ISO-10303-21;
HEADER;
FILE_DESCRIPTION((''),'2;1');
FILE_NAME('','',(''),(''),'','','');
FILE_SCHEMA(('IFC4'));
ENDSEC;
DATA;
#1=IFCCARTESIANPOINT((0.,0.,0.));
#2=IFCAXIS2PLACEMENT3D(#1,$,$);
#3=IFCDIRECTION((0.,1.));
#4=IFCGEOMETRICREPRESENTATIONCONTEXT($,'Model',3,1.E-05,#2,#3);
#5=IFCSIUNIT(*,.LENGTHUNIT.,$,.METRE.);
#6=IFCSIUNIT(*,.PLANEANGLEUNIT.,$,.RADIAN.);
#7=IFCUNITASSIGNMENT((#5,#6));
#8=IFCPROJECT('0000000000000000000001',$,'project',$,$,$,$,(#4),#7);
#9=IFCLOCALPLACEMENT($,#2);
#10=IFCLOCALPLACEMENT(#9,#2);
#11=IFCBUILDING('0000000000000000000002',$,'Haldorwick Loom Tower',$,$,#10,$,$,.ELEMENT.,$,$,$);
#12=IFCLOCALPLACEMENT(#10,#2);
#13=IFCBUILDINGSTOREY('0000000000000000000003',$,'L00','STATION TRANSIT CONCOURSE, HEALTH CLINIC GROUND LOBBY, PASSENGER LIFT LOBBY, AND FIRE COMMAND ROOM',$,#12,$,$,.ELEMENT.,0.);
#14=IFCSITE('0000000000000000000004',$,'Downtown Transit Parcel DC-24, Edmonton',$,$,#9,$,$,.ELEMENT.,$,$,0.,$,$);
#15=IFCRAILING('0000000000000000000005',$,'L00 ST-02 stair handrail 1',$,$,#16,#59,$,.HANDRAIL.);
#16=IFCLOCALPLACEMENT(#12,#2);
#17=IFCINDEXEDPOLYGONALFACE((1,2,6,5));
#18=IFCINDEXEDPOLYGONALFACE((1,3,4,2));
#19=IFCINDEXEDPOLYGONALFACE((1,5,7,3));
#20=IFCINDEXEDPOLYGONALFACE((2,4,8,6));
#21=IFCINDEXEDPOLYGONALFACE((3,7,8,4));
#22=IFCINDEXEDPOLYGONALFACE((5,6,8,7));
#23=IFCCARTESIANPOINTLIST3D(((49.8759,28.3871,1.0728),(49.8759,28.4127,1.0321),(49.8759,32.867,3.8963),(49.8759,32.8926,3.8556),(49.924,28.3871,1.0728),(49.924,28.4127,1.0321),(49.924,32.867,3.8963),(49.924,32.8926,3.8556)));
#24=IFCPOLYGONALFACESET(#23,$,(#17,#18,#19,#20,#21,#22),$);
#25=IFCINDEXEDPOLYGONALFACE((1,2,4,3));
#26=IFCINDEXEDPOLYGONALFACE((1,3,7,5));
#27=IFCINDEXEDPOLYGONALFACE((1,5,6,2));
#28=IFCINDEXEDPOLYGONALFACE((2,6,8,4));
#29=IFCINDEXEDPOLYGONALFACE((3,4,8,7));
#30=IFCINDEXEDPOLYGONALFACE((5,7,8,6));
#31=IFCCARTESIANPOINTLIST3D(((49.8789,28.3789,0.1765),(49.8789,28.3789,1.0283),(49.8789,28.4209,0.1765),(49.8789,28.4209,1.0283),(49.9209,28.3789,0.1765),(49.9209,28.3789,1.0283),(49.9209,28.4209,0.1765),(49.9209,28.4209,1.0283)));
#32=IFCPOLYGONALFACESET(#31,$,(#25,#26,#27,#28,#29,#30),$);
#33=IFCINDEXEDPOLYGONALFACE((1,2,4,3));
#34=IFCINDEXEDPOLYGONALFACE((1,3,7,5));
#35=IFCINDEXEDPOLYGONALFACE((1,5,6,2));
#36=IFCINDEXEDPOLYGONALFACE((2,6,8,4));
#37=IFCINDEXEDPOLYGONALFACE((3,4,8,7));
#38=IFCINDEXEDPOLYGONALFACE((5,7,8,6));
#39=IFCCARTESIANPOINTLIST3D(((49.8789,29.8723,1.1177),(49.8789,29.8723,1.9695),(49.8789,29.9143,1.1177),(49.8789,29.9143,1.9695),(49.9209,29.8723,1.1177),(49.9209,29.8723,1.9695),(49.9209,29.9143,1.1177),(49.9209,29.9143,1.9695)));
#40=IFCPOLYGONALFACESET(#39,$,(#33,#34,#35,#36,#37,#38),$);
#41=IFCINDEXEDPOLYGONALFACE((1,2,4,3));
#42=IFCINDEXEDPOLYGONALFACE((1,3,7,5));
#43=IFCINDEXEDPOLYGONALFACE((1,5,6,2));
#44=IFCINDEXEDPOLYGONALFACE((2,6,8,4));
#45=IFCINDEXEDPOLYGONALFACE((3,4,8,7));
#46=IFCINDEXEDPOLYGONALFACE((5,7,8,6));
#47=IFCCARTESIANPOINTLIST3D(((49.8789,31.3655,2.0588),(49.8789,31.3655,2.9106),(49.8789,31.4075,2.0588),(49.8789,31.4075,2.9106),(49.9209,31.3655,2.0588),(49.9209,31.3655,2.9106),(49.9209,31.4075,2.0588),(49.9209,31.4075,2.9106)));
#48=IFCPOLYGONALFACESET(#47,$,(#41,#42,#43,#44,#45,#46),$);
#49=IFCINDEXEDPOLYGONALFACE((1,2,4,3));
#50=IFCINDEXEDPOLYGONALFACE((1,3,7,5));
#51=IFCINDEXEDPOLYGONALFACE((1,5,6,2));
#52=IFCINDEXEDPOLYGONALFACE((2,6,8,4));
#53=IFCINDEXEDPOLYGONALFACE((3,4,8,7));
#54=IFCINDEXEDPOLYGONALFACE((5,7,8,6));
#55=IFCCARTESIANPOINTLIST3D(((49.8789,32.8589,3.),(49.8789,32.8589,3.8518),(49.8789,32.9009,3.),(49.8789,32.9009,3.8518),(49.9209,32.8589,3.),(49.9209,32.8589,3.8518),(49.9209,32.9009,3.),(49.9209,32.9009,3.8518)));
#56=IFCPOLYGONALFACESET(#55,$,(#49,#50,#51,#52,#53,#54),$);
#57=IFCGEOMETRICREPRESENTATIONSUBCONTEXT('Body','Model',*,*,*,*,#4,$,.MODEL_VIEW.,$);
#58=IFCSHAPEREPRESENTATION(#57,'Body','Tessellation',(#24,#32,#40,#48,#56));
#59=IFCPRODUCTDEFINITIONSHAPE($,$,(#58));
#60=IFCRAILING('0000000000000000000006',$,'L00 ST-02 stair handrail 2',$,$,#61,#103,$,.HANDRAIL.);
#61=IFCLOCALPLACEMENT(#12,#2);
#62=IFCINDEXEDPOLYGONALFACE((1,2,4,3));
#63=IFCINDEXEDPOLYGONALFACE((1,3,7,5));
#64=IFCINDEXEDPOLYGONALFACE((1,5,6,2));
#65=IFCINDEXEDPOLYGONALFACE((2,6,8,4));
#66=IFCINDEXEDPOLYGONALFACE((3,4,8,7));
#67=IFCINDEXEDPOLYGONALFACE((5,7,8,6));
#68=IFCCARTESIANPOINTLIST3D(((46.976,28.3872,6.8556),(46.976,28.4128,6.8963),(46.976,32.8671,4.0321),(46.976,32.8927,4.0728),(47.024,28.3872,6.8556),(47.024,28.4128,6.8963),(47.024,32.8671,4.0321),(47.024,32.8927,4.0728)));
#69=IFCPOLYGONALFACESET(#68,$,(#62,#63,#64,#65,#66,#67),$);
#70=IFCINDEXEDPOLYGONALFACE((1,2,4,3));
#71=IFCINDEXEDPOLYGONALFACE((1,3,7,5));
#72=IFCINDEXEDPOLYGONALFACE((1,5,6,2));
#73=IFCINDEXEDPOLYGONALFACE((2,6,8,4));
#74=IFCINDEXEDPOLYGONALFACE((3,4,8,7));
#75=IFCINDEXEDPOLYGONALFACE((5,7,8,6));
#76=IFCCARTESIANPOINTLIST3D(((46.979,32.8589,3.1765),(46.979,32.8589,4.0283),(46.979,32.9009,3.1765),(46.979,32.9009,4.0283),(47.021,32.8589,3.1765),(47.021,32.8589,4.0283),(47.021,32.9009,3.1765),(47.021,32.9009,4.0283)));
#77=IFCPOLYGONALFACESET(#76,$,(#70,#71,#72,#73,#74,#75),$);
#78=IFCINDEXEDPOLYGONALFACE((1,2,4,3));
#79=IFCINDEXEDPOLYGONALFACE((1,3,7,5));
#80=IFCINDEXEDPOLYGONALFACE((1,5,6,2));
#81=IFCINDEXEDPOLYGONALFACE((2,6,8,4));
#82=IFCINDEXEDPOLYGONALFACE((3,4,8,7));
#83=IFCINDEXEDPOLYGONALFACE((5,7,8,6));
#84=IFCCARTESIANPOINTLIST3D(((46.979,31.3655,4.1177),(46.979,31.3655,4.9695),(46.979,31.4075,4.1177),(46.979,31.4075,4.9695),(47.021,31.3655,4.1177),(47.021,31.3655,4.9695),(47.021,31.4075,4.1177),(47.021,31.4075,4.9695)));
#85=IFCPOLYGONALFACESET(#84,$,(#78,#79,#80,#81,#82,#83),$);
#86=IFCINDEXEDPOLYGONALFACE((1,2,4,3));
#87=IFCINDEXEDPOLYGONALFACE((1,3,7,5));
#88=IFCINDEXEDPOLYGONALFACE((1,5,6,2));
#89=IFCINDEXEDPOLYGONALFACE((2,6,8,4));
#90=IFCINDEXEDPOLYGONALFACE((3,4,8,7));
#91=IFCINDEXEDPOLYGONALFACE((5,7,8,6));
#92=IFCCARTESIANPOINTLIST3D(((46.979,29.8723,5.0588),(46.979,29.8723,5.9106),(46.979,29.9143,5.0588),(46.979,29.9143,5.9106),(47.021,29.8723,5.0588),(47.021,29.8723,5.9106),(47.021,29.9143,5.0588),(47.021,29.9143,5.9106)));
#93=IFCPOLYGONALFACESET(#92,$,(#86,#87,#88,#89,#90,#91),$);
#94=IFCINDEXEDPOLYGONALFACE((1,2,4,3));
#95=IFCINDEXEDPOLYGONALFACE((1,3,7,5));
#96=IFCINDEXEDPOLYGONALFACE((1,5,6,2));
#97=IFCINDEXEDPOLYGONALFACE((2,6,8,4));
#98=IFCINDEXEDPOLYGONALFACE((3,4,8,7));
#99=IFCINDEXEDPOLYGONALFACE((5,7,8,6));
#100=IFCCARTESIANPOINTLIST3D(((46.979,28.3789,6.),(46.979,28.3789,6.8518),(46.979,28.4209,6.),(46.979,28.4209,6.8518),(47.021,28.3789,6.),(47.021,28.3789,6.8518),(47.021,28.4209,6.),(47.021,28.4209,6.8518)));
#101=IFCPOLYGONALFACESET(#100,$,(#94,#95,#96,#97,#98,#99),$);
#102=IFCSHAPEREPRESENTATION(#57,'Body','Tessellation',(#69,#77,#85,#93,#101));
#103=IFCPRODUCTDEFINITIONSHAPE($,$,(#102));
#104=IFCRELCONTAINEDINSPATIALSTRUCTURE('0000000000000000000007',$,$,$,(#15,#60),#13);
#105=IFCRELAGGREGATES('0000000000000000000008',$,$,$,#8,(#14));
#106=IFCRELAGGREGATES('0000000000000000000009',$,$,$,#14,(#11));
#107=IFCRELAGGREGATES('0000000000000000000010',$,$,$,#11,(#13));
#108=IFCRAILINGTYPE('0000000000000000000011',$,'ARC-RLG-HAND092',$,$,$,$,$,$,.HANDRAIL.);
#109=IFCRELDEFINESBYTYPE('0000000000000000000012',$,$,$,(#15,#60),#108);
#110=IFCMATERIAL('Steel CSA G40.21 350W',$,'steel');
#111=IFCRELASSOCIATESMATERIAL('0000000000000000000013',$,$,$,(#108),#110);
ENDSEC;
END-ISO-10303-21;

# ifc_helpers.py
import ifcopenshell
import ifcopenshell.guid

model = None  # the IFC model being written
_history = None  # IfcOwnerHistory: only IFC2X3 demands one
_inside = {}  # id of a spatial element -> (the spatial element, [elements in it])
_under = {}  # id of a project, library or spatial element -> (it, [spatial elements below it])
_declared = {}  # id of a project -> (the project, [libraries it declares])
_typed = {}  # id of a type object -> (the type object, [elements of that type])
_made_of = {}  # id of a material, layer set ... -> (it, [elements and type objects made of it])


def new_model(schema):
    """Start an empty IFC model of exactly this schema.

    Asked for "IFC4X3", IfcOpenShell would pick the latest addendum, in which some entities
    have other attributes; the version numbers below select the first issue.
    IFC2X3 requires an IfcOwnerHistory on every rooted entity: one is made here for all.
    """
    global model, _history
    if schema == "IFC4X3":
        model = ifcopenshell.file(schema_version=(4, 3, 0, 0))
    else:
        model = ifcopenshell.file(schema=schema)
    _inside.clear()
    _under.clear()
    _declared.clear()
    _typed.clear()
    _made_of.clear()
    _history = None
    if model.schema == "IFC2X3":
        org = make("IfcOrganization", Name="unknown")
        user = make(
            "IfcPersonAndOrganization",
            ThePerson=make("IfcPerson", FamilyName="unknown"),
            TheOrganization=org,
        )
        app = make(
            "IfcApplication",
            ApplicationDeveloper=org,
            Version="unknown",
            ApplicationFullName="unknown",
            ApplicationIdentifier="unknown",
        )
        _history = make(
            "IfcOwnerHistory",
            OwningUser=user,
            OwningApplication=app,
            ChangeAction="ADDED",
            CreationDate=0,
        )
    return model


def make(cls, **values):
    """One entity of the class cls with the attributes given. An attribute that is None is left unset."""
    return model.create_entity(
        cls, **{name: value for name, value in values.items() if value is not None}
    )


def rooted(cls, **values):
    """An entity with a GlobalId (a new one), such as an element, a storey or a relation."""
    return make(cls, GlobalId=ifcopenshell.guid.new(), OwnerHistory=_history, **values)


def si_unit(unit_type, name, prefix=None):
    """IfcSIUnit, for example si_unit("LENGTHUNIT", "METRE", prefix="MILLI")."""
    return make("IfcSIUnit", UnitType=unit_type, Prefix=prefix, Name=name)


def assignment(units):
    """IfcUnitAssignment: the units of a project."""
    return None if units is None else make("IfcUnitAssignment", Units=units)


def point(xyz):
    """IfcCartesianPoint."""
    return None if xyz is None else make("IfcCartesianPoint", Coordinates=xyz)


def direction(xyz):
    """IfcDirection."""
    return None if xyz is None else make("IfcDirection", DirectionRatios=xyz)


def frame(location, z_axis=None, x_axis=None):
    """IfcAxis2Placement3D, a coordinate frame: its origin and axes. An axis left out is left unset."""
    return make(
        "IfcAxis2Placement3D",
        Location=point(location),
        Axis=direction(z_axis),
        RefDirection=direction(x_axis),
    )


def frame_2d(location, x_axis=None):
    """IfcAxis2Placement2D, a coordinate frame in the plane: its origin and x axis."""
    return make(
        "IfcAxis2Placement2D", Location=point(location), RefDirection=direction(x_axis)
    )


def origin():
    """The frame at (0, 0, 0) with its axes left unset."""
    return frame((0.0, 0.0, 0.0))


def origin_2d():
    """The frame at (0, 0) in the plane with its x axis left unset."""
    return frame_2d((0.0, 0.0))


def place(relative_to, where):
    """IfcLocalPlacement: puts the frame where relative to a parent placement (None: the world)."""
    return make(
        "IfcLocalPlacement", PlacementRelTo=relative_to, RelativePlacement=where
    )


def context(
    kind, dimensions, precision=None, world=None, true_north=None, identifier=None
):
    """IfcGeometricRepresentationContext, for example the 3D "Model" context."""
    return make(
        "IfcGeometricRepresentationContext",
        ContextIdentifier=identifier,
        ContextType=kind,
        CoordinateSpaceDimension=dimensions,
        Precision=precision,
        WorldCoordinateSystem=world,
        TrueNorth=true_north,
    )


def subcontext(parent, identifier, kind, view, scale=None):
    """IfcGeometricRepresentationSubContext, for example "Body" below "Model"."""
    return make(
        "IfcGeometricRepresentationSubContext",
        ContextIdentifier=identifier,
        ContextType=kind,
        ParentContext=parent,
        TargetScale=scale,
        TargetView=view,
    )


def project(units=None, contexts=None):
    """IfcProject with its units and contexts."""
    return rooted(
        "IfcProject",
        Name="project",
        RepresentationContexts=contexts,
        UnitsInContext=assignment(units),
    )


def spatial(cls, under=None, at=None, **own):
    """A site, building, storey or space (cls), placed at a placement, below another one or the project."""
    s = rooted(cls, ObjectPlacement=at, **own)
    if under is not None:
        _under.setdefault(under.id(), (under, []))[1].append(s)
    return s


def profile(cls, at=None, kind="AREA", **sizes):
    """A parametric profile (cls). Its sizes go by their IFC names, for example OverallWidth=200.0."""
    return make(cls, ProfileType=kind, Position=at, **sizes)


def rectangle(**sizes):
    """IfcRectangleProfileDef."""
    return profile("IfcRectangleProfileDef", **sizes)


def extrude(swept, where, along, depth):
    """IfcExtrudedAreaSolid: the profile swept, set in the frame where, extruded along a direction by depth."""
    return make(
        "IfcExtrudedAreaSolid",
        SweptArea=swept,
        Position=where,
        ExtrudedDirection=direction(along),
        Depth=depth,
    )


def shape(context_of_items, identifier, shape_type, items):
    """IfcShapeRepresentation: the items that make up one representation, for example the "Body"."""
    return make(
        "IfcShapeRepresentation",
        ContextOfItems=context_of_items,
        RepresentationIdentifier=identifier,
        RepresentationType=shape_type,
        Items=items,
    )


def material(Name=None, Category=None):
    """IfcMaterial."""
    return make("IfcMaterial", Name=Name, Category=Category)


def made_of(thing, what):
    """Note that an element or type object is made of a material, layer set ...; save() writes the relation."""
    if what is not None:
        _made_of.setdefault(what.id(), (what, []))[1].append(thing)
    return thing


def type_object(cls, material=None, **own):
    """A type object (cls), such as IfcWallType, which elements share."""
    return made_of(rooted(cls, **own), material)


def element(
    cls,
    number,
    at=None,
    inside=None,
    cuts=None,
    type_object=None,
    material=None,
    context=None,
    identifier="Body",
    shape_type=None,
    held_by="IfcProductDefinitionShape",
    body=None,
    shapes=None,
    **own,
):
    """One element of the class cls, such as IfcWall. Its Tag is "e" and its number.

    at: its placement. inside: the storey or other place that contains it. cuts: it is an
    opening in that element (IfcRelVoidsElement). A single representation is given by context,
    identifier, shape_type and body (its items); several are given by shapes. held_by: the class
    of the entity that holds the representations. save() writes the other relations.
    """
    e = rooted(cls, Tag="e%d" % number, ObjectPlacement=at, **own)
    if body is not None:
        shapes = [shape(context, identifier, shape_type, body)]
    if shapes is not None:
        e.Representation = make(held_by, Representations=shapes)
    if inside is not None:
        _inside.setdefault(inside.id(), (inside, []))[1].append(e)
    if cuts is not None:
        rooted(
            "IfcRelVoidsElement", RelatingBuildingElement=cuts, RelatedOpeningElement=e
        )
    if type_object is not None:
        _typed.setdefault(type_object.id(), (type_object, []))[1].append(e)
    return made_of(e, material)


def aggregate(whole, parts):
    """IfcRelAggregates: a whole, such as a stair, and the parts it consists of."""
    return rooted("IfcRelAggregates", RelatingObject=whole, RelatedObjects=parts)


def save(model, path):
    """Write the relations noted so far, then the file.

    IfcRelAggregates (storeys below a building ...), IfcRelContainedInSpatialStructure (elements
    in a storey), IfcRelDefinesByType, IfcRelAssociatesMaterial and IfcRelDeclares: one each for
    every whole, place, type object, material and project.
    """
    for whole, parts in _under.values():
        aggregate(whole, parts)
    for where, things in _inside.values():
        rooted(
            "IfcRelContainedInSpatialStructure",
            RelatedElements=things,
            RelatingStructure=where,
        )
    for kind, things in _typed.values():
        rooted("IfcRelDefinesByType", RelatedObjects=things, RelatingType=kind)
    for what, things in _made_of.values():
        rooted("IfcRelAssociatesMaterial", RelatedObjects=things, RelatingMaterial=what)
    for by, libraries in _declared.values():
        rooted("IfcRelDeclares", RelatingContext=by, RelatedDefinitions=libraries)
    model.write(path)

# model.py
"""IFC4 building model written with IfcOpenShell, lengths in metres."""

from ifc_helpers import new_model, si_unit, direction, frame, origin, origin_2d, place, context, subcontext, project, spatial, rectangle, extrude, material, type_object, element, save


model = new_model("IFC4")

# Units and contexts
model_context = context("Model", 3, precision=1e-05, world=origin(), true_north=direction((0.0, 1.0)))
body_context = subcontext(model_context, "Body", "Model", "MODEL_VIEW")
ifc_project = project(units=[si_unit("LENGTHUNIT", "METRE"), si_unit("PLANEANGLEUNIT", "RADIAN")], contexts=[model_context])

# Site, building, storey
site_placement = place(None, origin())
site = spatial("IfcSite", under=ifc_project, at=site_placement, Name="Downtown Transit Parcel DC-24, Edmonton", CompositionType="ELEMENT", RefElevation=0.0)
building_placement = place(site_placement, origin())
building = spatial("IfcBuilding", under=site, at=building_placement, Name="Haldorwick Loom Tower", CompositionType="ELEMENT")
storey_placement = place(building_placement, origin())
storey = spatial("IfcBuildingStorey", under=building, at=storey_placement, Name="L00", Description="STATION TRANSIT CONCOURSE, HEALTH CLINIC GROUND LOBBY, PASSENGER LIFT LOBBY, AND FIRE COMMAND ROOM", CompositionType="ELEMENT", Elevation=0.0)

# Shared definitions
ifc_material_1 = material(Name="Steel CSA G40.21 350W", Category="steel")

# Railings
railing_type_1 = type_object("IfcRailingType", Name="ARC-RLG-HAND092", PredefinedType="HANDRAIL", material=ifc_material_1)
railing_1_placement = place(storey_placement, frame((49.8999, 28.3999, 0.1765)))
element("IfcRailing", 1, at=railing_1_placement, inside=storey, type_object=railing_type_1, Name="L00 ST-02 stair handrail 1", PredefinedType="HANDRAIL", context=body_context, shape_type="SweptSolid", body=[
    extrude(rectangle(XDim=0.0481, YDim=0.0481, at=origin_2d()), frame((0.0, 0.0, 0.876), z_axis=(0.0, 0.845998, 0.533186), x_axis=(-1.0, 0.0, 0.0)), (0.0, 0.0, 1.0), 5.2954),
    extrude(rectangle(XDim=0.042, YDim=0.042, at=origin_2d()), origin(), (0.0, 0.0, 1.0), 0.8518),
    extrude(rectangle(XDim=0.042, YDim=0.042, at=origin_2d()), frame((0.0, 1.4934, 0.9412)), (0.0, 0.0, 1.0), 0.8518),
    extrude(rectangle(XDim=0.042, YDim=0.042, at=origin_2d()), frame((0.0, 2.9866, 1.8823)), (0.0, 0.0, 1.0), 0.8518),
    extrude(rectangle(XDim=0.042, YDim=0.042, at=origin_2d()), frame((0.0, 4.48, 2.8235)), (0.0, 0.0, 1.0), 0.8518),
])
railing_2_placement = place(storey_placement, frame((47.0, 32.8799, 3.1765)))
element("IfcRailing", 2, at=railing_2_placement, inside=storey, type_object=railing_type_1, Name="L00 ST-02 stair handrail 2", PredefinedType="HANDRAIL", context=body_context, shape_type="SweptSolid", body=[
    extrude(rectangle(XDim=0.0481, YDim=0.0481, at=origin_2d()), frame((0.0, 0.0, 0.876), z_axis=(0.0, -0.845998, 0.533186), x_axis=(1.0, 0.0, 0.0)), (0.0, 0.0, 1.0), 5.2954),
    extrude(rectangle(XDim=0.042, YDim=0.042, at=origin_2d()), origin(), (0.0, 0.0, 1.0), 0.8518),
    extrude(rectangle(XDim=0.042, YDim=0.042, at=origin_2d()), frame((0.0, -1.4934, 0.9412)), (0.0, 0.0, 1.0), 0.8518),
    extrude(rectangle(XDim=0.042, YDim=0.042, at=origin_2d()), frame((0.0, -2.9866, 1.8823)), (0.0, 0.0, 1.0), 0.8518),
    extrude(rectangle(XDim=0.042, YDim=0.042, at=origin_2d()), frame((0.0, -4.48, 2.8235)), (0.0, 0.0, 1.0), 0.8518),
])

save(model, "model.ifc")
